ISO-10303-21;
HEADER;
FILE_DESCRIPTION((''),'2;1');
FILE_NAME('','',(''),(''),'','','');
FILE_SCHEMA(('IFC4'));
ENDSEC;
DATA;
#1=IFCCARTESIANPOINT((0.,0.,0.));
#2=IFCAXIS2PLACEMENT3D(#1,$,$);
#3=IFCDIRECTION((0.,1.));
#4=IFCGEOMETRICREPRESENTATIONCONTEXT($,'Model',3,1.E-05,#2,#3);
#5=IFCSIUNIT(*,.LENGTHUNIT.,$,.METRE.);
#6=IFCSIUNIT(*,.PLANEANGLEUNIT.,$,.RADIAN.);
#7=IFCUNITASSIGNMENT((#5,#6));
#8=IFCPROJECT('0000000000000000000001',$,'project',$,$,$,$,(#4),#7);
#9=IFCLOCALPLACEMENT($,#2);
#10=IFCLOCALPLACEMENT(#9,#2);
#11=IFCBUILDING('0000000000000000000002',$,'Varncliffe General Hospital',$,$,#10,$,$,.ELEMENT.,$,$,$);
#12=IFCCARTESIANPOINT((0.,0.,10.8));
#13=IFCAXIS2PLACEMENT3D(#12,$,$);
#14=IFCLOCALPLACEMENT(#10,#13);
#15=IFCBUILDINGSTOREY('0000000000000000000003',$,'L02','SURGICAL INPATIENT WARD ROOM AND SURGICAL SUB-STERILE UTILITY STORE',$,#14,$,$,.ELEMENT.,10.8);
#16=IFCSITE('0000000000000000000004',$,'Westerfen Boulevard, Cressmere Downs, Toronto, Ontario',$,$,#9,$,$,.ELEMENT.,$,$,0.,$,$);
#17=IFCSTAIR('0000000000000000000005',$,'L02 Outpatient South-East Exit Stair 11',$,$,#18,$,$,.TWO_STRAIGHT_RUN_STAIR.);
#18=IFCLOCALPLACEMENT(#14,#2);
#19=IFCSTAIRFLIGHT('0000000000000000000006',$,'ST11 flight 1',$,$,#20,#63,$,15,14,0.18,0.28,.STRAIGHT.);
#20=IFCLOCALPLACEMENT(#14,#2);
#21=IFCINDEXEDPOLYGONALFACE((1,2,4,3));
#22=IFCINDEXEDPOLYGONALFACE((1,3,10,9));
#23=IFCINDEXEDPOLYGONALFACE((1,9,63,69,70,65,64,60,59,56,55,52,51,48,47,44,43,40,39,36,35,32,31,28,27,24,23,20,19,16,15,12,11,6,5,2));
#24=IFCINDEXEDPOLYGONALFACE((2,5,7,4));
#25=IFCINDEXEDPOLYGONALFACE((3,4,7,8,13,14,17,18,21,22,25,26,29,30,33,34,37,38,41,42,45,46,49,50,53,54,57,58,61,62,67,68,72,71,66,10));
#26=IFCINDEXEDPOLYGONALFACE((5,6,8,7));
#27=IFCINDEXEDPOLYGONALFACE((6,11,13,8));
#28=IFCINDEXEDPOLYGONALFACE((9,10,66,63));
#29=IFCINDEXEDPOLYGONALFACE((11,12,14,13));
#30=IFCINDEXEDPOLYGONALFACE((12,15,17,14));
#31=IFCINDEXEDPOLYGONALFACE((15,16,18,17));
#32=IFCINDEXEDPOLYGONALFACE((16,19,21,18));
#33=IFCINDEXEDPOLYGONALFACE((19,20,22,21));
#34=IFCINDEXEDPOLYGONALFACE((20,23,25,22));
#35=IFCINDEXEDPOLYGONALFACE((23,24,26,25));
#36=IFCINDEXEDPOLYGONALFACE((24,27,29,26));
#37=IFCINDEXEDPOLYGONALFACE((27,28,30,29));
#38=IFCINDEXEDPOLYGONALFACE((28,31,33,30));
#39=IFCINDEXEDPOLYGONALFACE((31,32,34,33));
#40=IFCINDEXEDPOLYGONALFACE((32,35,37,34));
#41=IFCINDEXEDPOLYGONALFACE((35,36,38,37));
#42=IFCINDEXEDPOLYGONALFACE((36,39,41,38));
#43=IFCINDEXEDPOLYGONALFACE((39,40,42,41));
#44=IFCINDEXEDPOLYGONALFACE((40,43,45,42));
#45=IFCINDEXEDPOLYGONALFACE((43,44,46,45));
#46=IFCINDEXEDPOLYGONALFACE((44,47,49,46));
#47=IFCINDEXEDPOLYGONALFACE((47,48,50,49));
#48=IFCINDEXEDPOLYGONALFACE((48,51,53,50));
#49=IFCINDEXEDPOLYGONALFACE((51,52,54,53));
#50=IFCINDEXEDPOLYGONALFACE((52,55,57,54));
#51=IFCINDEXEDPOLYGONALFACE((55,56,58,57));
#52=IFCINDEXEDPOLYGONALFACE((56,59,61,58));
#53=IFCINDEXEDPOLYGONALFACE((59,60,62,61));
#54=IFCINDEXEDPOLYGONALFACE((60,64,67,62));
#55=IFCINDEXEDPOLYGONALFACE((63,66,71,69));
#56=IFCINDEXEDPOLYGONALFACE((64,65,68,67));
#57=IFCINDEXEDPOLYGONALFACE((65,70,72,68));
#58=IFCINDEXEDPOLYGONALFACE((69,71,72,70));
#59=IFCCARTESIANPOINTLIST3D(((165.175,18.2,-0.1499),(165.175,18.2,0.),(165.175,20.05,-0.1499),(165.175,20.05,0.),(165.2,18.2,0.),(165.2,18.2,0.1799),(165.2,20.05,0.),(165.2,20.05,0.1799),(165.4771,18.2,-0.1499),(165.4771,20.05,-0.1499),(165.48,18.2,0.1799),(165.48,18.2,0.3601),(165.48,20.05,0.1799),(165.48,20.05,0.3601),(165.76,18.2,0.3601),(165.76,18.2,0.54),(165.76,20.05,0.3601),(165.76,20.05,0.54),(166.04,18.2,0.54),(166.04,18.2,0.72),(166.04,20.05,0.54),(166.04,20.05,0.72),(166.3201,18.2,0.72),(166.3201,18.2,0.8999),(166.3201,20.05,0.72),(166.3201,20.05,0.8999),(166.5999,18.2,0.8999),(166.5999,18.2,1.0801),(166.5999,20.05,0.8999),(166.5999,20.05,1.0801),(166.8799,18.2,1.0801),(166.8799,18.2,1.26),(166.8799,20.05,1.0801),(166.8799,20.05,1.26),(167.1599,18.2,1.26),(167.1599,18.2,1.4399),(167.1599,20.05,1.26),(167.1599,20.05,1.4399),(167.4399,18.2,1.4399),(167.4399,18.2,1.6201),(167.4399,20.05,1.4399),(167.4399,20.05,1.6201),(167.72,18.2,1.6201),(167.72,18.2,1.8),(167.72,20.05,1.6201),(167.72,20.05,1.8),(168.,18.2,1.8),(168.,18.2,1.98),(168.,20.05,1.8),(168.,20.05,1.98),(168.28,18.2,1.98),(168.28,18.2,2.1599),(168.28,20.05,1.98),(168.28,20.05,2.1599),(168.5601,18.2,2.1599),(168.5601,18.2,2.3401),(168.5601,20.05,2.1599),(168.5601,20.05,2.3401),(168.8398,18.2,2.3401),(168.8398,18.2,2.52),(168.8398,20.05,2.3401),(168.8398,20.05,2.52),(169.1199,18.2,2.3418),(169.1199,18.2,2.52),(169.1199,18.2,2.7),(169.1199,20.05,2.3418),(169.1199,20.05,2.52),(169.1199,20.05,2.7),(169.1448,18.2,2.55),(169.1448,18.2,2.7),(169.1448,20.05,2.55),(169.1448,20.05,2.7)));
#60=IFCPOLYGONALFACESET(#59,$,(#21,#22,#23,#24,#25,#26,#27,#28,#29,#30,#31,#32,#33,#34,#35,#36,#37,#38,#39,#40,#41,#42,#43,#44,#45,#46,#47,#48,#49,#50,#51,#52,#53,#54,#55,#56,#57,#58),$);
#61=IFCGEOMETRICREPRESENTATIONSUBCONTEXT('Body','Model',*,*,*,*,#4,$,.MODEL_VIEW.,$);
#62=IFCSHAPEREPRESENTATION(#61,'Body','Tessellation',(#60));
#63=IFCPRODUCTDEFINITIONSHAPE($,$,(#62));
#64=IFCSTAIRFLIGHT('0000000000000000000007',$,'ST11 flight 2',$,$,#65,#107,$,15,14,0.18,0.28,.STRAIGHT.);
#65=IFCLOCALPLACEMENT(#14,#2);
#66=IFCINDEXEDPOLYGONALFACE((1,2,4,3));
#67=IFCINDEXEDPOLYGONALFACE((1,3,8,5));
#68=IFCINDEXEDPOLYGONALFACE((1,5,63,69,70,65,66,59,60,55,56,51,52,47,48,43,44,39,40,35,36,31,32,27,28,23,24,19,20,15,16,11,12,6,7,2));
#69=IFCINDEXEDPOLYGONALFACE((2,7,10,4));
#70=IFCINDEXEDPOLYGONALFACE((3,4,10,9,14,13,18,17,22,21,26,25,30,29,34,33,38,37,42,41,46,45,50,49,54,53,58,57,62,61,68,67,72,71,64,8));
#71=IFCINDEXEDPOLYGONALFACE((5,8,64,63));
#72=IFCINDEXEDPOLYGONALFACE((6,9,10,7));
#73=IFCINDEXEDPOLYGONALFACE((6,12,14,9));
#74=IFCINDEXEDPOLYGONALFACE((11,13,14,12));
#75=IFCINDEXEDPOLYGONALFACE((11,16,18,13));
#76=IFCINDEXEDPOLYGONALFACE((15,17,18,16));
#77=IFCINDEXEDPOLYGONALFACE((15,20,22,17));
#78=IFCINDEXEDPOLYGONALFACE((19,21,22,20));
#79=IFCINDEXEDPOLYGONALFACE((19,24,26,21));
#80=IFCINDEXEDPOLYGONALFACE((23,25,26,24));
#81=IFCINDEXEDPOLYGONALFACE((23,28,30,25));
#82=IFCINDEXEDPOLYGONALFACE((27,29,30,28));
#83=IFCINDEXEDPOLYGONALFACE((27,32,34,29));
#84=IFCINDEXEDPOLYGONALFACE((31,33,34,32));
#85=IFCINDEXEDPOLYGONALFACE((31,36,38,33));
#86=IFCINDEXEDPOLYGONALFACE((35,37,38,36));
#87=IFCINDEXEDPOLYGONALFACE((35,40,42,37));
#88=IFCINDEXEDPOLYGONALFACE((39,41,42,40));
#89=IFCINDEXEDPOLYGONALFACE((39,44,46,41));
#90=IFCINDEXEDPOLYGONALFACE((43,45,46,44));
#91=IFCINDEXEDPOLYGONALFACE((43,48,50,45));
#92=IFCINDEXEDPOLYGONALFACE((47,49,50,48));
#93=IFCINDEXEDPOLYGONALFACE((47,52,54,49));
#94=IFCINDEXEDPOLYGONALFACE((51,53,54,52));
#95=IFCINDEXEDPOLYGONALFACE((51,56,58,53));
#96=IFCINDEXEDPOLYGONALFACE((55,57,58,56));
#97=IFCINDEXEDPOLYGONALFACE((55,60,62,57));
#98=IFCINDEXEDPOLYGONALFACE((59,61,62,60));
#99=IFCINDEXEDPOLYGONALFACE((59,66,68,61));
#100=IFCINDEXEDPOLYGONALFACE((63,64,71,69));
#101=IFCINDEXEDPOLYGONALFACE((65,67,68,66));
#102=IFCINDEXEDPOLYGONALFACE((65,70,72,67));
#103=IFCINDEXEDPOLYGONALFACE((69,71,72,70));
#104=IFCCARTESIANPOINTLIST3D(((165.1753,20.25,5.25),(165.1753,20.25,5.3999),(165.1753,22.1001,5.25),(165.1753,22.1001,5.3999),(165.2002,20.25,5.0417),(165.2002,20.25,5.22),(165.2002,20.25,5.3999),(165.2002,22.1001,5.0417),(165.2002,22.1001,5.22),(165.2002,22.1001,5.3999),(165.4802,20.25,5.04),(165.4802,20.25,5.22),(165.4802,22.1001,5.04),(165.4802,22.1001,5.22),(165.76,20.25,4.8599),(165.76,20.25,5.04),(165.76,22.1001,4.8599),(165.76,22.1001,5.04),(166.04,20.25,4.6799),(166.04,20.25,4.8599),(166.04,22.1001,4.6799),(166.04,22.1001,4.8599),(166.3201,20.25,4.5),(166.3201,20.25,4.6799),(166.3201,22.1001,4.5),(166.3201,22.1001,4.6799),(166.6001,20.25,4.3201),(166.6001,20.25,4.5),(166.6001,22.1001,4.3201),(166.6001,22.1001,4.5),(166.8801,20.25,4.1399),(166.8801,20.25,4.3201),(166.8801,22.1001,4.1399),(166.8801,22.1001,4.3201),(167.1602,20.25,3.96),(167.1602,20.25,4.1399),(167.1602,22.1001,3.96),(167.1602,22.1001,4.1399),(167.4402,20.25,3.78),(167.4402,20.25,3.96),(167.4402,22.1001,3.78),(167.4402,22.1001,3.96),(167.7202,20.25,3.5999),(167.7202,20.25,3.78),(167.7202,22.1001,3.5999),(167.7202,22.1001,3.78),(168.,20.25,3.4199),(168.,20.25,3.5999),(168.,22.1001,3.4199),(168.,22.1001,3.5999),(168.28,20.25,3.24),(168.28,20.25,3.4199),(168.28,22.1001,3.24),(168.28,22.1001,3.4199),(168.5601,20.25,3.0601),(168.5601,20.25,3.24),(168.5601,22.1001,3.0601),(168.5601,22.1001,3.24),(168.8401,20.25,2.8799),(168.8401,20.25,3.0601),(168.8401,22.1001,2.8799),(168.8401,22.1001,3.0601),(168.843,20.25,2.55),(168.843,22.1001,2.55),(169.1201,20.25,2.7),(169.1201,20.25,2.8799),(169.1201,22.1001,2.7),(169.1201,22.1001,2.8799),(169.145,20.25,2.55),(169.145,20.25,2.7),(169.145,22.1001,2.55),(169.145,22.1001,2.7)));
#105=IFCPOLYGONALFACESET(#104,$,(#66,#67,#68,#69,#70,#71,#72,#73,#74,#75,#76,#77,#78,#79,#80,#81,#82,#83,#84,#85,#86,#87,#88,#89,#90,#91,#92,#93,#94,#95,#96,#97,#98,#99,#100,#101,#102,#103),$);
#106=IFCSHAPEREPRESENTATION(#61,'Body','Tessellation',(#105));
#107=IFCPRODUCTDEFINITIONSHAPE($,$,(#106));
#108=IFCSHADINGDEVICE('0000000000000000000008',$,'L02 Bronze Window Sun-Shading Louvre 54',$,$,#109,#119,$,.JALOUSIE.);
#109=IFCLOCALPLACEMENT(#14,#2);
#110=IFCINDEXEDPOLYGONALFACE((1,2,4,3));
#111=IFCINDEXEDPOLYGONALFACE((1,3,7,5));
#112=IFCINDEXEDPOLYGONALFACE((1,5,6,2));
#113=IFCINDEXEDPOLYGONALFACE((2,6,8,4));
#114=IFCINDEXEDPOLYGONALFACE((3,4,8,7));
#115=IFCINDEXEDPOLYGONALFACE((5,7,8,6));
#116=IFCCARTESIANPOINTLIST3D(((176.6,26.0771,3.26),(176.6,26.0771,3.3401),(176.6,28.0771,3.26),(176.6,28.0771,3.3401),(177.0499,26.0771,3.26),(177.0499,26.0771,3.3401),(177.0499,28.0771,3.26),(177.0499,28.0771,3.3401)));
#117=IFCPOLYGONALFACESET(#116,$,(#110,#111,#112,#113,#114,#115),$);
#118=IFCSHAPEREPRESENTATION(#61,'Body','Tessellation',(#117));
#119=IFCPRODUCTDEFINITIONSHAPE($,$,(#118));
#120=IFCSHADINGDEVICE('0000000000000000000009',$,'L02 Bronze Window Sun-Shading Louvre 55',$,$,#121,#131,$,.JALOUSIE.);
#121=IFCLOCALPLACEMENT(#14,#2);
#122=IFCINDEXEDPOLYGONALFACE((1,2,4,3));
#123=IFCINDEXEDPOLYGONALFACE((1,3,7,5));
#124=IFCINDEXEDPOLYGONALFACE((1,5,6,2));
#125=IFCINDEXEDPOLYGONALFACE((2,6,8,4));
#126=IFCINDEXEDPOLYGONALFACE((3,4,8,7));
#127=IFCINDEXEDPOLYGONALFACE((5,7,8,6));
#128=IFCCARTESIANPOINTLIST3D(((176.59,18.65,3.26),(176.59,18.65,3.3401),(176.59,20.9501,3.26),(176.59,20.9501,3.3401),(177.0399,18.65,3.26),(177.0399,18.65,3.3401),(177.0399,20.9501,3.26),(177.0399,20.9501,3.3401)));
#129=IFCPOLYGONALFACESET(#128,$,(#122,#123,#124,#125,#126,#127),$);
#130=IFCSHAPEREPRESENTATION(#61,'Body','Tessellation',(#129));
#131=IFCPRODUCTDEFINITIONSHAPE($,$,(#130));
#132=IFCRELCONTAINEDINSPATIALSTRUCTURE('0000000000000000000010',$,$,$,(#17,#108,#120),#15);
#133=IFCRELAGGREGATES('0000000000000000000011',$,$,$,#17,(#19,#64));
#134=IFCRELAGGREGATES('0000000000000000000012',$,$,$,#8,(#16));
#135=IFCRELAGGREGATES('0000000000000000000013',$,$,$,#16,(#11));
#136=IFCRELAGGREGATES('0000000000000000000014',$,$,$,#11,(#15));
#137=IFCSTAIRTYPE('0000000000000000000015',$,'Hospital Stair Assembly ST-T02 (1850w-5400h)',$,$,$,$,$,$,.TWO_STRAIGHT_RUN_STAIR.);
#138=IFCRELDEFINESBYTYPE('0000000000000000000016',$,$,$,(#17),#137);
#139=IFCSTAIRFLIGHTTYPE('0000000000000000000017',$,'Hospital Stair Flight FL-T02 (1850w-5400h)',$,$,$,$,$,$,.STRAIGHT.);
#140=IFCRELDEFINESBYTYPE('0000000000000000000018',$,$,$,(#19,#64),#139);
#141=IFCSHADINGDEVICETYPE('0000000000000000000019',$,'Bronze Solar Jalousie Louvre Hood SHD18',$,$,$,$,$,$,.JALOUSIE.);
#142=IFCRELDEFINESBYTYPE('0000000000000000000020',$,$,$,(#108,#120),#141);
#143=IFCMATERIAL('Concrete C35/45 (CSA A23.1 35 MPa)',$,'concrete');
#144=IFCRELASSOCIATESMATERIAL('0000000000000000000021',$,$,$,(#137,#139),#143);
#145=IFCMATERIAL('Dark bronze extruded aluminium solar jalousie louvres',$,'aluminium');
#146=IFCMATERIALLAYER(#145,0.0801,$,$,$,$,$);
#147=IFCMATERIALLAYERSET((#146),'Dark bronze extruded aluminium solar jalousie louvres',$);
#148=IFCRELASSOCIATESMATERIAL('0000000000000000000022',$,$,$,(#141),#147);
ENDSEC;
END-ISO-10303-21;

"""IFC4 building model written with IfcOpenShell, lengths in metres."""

from ifc_helpers import new_model, si_unit, direction, frame, origin, origin_2d, place, context, subcontext, project, spatial, polyline, rectangle, outline, extrude, material, layer, layer_set, type_object, element, aggregate, save


model = new_model("IFC4")

# Units and contexts
model_context = context("Model", 3, precision=1e-05, world=origin(), true_north=direction((0.0, 1.0)))
body_context = subcontext(model_context, "Body", "Model", "MODEL_VIEW")
ifc_project = project(units=[si_unit("LENGTHUNIT", "METRE"), si_unit("PLANEANGLEUNIT", "RADIAN")], contexts=[model_context])

# Site, building, storey
site_placement = place(None, origin())
site = spatial("IfcSite", under=ifc_project, at=site_placement, Name="Westerfen Boulevard, Cressmere Downs, Toronto, Ontario", CompositionType="ELEMENT", RefElevation=0.0)
building_placement = place(site_placement, origin())
building = spatial("IfcBuilding", under=site, at=building_placement, Name="Varncliffe General Hospital", CompositionType="ELEMENT")
storey_placement = place(building_placement, frame((0.0, 0.0, 10.8)))
storey = spatial("IfcBuildingStorey", under=building, at=storey_placement, Name="L02", Description="SURGICAL INPATIENT WARD ROOM AND SURGICAL SUB-STERILE UTILITY STORE", CompositionType="ELEMENT", Elevation=10.8)

# Shared definitions
ifc_material_1 = material(Name="Concrete C35/45 (CSA A23.1 35 MPa)", Category="concrete")

# Stair, stair flights
stair_type = type_object("IfcStairType", Name="Hospital Stair Assembly ST-T02 (1850w-5400h)", PredefinedType="TWO_STRAIGHT_RUN_STAIR", material=ifc_material_1)
stair_placement = place(storey_placement, origin())
stair = element("IfcStair", 1, at=stair_placement, inside=storey, type_object=stair_type, Name="L02 Outpatient South-East Exit Stair 11", PredefinedType="TWO_STRAIGHT_RUN_STAIR")
stair_flight_type = type_object("IfcStairFlightType", Name="Hospital Stair Flight FL-T02 (1850w-5400h)", PredefinedType="STRAIGHT", material=ifc_material_1)
stair_flight_1_placement = place(storey_placement, frame((165.2, 19.125, 0.0), z_axis=(0.0, 0.0, 1.0), x_axis=(1.0, 0.0, 0.0)))
stair_flight_1 = element("IfcStairFlight", 2, at=stair_flight_1_placement, type_object=stair_flight_type, Name="ST11 flight 1", NumberOfRisers=15, NumberOfTreads=14, PredefinedType="STRAIGHT", RiserHeight=0.18, TreadLength=0.28, context=body_context, shape_type="SweptSolid", body=[
    extrude(outline(polyline([(-0.0249, -0.1499), (-0.0249, 0.0), (0.0, 0.0), (0.0, 0.1799), (0.28, 0.1799), (0.28, 0.3601), (0.5601, 0.3601), (0.5601, 0.54), (0.8401, 0.54), (0.8401, 0.72), (1.1201, 0.72), (1.1201, 0.8999), (1.3999, 0.8999), (1.3999, 1.0801), (1.6799, 1.0801), (1.6799, 1.26), (1.96, 1.26), (1.96, 1.4399), (2.24, 1.4399), (2.24, 1.6201), (2.52, 1.6201), (2.52, 1.8), (2.8, 1.8), (2.8, 1.98), (3.0801, 1.98), (3.0801, 2.1599), (3.3601, 2.1599), (3.3601, 2.3401), (3.6399, 2.3401), (3.6399, 2.52), (3.9199, 2.52), (3.9199, 2.7), (3.9448, 2.7), (3.9448, 2.55), (3.9199, 2.3418), (0.2771, -0.1499), (-0.0249, -0.1499)])), frame((0.0, 0.925, 0.0), z_axis=(0.0, -1.0, 0.0), x_axis=(1.0, 0.0, 0.0)), (0.0, 0.0, 1.0), 1.8501),
])
stair_flight_2_placement = place(storey_placement, frame((169.1201, 21.175, 2.7), z_axis=(0.0, 0.0, 1.0), x_axis=(-1.0, 0.0, 0.0)))
stair_flight_2 = element("IfcStairFlight", 3, at=stair_flight_2_placement, type_object=stair_flight_type, Name="ST11 flight 2", NumberOfRisers=15, NumberOfTreads=14, PredefinedType="STRAIGHT", RiserHeight=0.18, TreadLength=0.28, context=body_context, shape_type="SweptSolid", body=[
    extrude(outline(polyline([(-0.0249, -0.1499), (-0.0249, 0.0), (0.0, 0.0), (0.0, 0.1799), (0.28, 0.1799), (0.28, 0.3601), (0.5601, 0.3601), (0.5601, 0.54), (0.8401, 0.54), (0.8401, 0.72), (1.1201, 0.72), (1.1201, 0.8999), (1.3999, 0.8999), (1.3999, 1.0801), (1.6799, 1.0801), (1.6799, 1.26), (1.96, 1.26), (1.96, 1.4399), (2.24, 1.4399), (2.24, 1.6201), (2.52, 1.6201), (2.52, 1.8), (2.8, 1.8), (2.8, 1.98), (3.0801, 1.98), (3.0801, 2.1599), (3.3601, 2.1599), (3.3601, 2.3401), (3.6399, 2.3401), (3.6399, 2.52), (3.9199, 2.52), (3.9199, 2.7), (3.9448, 2.7), (3.9448, 2.55), (3.9199, 2.3418), (0.2771, -0.1499), (-0.0249, -0.1499)])), frame((0.0, 0.925, 0.0), z_axis=(0.0, -1.0, 0.0), x_axis=(1.0, 0.0, 0.0)), (0.0, 0.0, 1.0), 1.8501),
])
aggregate(stair, [stair_flight_1, stair_flight_2])

# Shading devices
ifc_material_2 = material(Name="Dark bronze extruded aluminium solar jalousie louvres", Category="aluminium")
ifc_layer_1 = layer(ifc_material_2, 0.0801)
ifc_layer_set_1 = layer_set([ifc_layer_1], Name="Dark bronze extruded aluminium solar jalousie louvres")
shading_device_type = type_object("IfcShadingDeviceType", Name="Bronze Solar Jalousie Louvre Hood SHD18", PredefinedType="JALOUSIE", material=ifc_layer_set_1)
shading_device_1_placement = place(storey_placement, frame((176.825, 27.0771, 3.26), z_axis=(0.0, 0.0, 1.0), x_axis=(0.0, -1.0, 0.0)))
element("IfcShadingDevice", 4, at=shading_device_1_placement, inside=storey, type_object=shading_device_type, Name="L02 Bronze Window Sun-Shading Louvre 54", PredefinedType="JALOUSIE", context=body_context, shape_type="SweptSolid", body=[
    extrude(rectangle(XDim=2.0, YDim=0.45, at=origin_2d()), origin(), (0.0, 0.0, 1.0), 0.0801),
])
shading_device_2_placement = place(storey_placement, frame((176.8149, 19.8, 3.26), z_axis=(0.0, 0.0, 1.0), x_axis=(0.0, -1.0, 0.0)))
element("IfcShadingDevice", 5, at=shading_device_2_placement, inside=storey, type_object=shading_device_type, Name="L02 Bronze Window Sun-Shading Louvre 55", PredefinedType="JALOUSIE", context=body_context, shape_type="SweptSolid", body=[
    extrude(rectangle(XDim=2.3, YDim=0.45, at=origin_2d()), origin(), (0.0, 0.0, 1.0), 0.0801),
])

save(model, "model.ifc")
